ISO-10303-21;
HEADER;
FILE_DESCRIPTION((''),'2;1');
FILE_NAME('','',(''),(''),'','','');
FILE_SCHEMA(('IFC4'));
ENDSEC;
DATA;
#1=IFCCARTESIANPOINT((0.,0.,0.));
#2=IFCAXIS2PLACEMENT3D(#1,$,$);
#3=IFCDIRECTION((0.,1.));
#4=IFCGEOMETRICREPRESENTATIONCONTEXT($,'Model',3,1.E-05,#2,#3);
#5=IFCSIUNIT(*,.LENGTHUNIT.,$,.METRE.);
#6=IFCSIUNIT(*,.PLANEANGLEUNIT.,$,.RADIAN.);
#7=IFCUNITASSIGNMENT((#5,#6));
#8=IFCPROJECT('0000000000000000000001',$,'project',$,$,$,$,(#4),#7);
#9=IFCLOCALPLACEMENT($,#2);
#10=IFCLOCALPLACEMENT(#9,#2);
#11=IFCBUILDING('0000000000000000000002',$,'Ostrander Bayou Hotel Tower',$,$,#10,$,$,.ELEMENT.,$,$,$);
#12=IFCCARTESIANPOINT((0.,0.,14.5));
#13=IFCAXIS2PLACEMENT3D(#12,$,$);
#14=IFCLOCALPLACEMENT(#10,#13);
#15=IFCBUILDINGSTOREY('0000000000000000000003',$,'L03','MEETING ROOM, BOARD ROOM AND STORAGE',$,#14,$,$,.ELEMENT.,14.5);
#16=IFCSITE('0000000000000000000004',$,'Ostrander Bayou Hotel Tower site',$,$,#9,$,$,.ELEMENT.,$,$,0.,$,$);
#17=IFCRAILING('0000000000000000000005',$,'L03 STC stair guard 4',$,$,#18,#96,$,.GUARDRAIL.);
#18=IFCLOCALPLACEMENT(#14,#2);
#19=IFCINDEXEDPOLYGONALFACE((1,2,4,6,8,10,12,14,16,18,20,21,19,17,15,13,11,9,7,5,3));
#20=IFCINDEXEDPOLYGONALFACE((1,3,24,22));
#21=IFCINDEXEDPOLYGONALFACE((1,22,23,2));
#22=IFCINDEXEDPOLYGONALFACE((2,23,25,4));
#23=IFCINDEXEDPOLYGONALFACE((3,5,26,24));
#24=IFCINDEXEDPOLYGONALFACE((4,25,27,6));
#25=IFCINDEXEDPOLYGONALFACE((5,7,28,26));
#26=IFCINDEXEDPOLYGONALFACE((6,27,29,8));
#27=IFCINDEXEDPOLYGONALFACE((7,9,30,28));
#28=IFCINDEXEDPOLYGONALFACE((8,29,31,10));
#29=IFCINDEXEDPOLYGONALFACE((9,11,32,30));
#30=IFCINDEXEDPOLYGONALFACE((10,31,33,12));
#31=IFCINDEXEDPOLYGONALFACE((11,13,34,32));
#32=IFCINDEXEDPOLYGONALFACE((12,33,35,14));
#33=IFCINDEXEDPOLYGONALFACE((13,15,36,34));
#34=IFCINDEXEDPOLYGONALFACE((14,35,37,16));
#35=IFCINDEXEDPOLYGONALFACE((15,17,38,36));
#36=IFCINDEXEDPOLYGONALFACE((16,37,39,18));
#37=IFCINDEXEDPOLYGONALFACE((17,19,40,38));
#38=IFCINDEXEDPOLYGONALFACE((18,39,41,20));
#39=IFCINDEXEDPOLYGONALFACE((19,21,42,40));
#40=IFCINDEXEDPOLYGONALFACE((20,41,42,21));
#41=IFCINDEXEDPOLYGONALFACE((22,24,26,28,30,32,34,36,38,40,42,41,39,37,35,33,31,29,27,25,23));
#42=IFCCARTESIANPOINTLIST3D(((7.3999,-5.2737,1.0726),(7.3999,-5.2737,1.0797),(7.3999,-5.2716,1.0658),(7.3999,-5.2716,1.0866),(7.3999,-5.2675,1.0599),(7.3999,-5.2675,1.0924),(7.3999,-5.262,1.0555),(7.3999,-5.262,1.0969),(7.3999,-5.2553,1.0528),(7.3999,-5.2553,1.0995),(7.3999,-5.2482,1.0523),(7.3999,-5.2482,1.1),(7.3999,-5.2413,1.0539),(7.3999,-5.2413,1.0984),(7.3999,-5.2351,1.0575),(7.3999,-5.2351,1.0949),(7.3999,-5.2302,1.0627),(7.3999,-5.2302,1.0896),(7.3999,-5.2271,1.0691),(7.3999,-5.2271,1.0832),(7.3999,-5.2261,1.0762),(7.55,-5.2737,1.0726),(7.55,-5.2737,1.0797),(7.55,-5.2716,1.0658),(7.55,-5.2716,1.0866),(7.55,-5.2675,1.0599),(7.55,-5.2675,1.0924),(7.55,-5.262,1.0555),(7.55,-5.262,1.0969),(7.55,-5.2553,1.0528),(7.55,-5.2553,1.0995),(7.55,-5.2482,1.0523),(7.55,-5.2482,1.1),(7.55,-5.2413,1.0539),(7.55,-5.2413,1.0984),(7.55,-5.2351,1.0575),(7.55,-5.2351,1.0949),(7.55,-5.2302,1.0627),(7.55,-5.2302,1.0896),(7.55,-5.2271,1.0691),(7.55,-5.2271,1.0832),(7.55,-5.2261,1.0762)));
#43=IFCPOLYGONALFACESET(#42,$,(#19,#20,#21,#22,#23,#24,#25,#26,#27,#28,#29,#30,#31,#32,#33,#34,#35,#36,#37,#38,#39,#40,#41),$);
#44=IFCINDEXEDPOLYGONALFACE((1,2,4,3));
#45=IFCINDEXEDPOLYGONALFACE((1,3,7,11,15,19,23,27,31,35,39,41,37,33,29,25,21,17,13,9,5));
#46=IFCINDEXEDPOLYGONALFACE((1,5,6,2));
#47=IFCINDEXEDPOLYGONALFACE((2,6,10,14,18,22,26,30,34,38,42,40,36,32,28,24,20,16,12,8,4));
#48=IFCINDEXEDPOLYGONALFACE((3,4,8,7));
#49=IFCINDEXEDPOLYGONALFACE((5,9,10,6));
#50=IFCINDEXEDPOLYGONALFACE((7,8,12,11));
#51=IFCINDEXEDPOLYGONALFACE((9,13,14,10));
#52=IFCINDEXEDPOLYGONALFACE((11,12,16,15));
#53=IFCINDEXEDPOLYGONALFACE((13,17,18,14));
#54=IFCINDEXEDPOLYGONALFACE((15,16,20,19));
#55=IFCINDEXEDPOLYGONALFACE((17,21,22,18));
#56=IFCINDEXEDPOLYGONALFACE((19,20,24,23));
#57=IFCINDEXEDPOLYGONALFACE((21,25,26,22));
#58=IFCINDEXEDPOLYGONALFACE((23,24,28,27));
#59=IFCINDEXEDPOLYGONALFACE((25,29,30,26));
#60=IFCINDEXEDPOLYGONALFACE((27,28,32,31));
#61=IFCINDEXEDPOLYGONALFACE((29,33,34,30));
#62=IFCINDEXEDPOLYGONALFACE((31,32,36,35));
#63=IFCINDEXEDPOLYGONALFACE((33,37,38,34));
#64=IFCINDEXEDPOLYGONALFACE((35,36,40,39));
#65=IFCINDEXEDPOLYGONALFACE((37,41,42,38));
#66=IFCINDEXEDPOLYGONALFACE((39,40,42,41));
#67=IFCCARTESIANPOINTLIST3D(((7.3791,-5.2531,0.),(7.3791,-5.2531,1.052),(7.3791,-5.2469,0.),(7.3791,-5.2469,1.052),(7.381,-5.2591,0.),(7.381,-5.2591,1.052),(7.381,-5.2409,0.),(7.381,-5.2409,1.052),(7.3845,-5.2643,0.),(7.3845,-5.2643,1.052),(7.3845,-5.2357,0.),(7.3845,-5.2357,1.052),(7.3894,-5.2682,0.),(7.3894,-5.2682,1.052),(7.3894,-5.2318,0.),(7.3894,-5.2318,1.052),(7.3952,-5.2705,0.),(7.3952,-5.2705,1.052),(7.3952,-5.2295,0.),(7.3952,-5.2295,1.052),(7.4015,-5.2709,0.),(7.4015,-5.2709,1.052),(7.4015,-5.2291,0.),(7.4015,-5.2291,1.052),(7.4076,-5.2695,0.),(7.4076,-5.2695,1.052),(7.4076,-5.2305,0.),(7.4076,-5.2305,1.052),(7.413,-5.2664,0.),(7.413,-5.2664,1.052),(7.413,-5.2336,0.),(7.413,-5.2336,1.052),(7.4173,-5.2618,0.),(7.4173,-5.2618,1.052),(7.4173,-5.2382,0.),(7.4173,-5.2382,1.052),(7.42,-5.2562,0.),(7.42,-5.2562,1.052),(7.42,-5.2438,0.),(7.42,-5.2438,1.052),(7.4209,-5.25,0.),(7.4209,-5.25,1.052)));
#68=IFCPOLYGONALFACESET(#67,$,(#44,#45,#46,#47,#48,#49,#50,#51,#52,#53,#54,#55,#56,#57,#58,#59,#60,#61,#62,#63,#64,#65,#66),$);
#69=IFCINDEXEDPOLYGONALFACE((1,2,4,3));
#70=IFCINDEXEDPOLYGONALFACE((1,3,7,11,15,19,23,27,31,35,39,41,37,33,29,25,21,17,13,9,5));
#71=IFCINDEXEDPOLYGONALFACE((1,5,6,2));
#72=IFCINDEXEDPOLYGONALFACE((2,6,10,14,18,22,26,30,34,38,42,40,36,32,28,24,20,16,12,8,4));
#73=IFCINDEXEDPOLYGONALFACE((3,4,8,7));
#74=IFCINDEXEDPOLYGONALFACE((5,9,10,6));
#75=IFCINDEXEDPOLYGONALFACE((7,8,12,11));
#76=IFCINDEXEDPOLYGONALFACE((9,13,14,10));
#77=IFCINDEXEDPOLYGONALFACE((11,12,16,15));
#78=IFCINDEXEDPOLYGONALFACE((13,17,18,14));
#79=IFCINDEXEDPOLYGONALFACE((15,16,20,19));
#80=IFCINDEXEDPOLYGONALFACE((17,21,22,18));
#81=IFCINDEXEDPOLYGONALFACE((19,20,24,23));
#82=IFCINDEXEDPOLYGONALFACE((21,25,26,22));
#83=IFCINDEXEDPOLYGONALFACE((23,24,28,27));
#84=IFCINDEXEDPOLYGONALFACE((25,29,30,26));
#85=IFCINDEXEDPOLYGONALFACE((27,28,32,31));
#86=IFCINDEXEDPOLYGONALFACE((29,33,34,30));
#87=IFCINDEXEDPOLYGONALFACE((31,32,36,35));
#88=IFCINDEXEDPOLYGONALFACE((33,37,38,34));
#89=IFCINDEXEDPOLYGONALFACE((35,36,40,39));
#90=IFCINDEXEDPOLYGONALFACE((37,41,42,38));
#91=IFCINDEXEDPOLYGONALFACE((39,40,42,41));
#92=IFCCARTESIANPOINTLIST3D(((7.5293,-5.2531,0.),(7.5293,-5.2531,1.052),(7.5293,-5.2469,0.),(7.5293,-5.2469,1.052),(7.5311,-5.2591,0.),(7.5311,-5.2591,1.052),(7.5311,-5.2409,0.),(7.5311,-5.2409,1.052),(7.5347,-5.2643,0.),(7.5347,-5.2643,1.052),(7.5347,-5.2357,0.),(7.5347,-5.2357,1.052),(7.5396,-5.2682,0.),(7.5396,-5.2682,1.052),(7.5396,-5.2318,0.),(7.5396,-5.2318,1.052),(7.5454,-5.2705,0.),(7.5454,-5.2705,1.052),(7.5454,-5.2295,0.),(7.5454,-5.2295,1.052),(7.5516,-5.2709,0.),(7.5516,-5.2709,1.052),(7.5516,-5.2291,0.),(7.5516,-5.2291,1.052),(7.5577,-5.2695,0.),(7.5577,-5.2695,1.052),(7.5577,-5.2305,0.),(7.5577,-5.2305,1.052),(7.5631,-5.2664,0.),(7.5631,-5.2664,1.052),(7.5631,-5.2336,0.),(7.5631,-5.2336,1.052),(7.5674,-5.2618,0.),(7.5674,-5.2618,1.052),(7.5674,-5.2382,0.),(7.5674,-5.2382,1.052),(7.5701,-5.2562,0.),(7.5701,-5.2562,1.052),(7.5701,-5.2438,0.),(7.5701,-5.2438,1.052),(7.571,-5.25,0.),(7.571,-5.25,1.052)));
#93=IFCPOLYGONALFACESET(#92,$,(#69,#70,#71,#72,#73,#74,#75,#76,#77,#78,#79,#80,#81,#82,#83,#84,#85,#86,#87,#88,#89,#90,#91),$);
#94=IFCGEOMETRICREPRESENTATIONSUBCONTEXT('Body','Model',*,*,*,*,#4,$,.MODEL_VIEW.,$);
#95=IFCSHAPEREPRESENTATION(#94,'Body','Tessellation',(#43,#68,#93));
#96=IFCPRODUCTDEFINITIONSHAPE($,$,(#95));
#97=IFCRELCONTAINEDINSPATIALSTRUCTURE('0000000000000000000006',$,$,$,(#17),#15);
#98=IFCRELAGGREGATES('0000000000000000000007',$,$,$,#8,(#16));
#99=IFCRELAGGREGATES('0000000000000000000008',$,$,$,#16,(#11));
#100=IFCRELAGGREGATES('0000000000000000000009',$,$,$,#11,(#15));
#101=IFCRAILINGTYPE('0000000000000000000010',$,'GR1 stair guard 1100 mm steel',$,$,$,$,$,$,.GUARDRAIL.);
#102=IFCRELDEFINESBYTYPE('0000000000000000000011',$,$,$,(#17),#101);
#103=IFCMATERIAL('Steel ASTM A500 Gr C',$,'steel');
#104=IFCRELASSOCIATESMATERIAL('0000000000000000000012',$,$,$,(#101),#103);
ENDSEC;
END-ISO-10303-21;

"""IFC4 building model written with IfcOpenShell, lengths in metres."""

from ifc_helpers import new_model, si_unit, direction, frame, origin, origin_2d, place, context, subcontext, project, spatial, circle, extrude, material, type_object, element, save


model = new_model("IFC4")

# Units and contexts
model_context = context("Model", 3, precision=1e-05, world=origin(), true_north=direction((0.0, 1.0)))
body_context = subcontext(model_context, "Body", "Model", "MODEL_VIEW")
ifc_project = project(units=[si_unit("LENGTHUNIT", "METRE"), si_unit("PLANEANGLEUNIT", "RADIAN")], contexts=[model_context])

# Site, building, storey
site_placement = place(None, origin())
site = spatial("IfcSite", under=ifc_project, at=site_placement, Name="Ostrander Bayou Hotel Tower site", CompositionType="ELEMENT", RefElevation=0.0)
building_placement = place(site_placement, origin())
building = spatial("IfcBuilding", under=site, at=building_placement, Name="Ostrander Bayou Hotel Tower", CompositionType="ELEMENT")
storey_placement = place(building_placement, frame((0.0, 0.0, 14.5)))
storey = spatial("IfcBuildingStorey", under=building, at=storey_placement, Name="L03", Description="MEETING ROOM, BOARD ROOM AND STORAGE", CompositionType="ELEMENT", Elevation=14.5)

# Railing
ifc_material_1 = material(Name="Steel ASTM A500 Gr C", Category="steel")
railing_type_1 = type_object("IfcRailingType", Name="GR1 stair guard 1100 mm steel", PredefinedType="GUARDRAIL", material=ifc_material_1)
railing_1_placement = place(storey_placement, frame((7.3999, -5.25, 0.0)))
element("IfcRailing", 1, at=railing_1_placement, inside=storey, type_object=railing_type_1, Name="L03 STC stair guard 4", PredefinedType="GUARDRAIL", context=body_context, shape_type="SweptSolid", body=[
    extrude(circle(Radius=0.0239, at=origin_2d()), frame((0.0, 0.0, 1.0762), z_axis=(1.0, 0.0, 0.0), x_axis=(0.0, 1.0, 0.0)), (0.0, 0.0, 1.0), 0.1501),
    extrude(circle(Radius=0.021, at=origin_2d()), origin(), (0.0, 0.0, 1.0), 1.052),
    extrude(circle(Radius=0.021, at=origin_2d()), frame((0.1501, 0.0, 0.0)), (0.0, 0.0, 1.0), 1.052),
])

save(model, "model.ifc")
